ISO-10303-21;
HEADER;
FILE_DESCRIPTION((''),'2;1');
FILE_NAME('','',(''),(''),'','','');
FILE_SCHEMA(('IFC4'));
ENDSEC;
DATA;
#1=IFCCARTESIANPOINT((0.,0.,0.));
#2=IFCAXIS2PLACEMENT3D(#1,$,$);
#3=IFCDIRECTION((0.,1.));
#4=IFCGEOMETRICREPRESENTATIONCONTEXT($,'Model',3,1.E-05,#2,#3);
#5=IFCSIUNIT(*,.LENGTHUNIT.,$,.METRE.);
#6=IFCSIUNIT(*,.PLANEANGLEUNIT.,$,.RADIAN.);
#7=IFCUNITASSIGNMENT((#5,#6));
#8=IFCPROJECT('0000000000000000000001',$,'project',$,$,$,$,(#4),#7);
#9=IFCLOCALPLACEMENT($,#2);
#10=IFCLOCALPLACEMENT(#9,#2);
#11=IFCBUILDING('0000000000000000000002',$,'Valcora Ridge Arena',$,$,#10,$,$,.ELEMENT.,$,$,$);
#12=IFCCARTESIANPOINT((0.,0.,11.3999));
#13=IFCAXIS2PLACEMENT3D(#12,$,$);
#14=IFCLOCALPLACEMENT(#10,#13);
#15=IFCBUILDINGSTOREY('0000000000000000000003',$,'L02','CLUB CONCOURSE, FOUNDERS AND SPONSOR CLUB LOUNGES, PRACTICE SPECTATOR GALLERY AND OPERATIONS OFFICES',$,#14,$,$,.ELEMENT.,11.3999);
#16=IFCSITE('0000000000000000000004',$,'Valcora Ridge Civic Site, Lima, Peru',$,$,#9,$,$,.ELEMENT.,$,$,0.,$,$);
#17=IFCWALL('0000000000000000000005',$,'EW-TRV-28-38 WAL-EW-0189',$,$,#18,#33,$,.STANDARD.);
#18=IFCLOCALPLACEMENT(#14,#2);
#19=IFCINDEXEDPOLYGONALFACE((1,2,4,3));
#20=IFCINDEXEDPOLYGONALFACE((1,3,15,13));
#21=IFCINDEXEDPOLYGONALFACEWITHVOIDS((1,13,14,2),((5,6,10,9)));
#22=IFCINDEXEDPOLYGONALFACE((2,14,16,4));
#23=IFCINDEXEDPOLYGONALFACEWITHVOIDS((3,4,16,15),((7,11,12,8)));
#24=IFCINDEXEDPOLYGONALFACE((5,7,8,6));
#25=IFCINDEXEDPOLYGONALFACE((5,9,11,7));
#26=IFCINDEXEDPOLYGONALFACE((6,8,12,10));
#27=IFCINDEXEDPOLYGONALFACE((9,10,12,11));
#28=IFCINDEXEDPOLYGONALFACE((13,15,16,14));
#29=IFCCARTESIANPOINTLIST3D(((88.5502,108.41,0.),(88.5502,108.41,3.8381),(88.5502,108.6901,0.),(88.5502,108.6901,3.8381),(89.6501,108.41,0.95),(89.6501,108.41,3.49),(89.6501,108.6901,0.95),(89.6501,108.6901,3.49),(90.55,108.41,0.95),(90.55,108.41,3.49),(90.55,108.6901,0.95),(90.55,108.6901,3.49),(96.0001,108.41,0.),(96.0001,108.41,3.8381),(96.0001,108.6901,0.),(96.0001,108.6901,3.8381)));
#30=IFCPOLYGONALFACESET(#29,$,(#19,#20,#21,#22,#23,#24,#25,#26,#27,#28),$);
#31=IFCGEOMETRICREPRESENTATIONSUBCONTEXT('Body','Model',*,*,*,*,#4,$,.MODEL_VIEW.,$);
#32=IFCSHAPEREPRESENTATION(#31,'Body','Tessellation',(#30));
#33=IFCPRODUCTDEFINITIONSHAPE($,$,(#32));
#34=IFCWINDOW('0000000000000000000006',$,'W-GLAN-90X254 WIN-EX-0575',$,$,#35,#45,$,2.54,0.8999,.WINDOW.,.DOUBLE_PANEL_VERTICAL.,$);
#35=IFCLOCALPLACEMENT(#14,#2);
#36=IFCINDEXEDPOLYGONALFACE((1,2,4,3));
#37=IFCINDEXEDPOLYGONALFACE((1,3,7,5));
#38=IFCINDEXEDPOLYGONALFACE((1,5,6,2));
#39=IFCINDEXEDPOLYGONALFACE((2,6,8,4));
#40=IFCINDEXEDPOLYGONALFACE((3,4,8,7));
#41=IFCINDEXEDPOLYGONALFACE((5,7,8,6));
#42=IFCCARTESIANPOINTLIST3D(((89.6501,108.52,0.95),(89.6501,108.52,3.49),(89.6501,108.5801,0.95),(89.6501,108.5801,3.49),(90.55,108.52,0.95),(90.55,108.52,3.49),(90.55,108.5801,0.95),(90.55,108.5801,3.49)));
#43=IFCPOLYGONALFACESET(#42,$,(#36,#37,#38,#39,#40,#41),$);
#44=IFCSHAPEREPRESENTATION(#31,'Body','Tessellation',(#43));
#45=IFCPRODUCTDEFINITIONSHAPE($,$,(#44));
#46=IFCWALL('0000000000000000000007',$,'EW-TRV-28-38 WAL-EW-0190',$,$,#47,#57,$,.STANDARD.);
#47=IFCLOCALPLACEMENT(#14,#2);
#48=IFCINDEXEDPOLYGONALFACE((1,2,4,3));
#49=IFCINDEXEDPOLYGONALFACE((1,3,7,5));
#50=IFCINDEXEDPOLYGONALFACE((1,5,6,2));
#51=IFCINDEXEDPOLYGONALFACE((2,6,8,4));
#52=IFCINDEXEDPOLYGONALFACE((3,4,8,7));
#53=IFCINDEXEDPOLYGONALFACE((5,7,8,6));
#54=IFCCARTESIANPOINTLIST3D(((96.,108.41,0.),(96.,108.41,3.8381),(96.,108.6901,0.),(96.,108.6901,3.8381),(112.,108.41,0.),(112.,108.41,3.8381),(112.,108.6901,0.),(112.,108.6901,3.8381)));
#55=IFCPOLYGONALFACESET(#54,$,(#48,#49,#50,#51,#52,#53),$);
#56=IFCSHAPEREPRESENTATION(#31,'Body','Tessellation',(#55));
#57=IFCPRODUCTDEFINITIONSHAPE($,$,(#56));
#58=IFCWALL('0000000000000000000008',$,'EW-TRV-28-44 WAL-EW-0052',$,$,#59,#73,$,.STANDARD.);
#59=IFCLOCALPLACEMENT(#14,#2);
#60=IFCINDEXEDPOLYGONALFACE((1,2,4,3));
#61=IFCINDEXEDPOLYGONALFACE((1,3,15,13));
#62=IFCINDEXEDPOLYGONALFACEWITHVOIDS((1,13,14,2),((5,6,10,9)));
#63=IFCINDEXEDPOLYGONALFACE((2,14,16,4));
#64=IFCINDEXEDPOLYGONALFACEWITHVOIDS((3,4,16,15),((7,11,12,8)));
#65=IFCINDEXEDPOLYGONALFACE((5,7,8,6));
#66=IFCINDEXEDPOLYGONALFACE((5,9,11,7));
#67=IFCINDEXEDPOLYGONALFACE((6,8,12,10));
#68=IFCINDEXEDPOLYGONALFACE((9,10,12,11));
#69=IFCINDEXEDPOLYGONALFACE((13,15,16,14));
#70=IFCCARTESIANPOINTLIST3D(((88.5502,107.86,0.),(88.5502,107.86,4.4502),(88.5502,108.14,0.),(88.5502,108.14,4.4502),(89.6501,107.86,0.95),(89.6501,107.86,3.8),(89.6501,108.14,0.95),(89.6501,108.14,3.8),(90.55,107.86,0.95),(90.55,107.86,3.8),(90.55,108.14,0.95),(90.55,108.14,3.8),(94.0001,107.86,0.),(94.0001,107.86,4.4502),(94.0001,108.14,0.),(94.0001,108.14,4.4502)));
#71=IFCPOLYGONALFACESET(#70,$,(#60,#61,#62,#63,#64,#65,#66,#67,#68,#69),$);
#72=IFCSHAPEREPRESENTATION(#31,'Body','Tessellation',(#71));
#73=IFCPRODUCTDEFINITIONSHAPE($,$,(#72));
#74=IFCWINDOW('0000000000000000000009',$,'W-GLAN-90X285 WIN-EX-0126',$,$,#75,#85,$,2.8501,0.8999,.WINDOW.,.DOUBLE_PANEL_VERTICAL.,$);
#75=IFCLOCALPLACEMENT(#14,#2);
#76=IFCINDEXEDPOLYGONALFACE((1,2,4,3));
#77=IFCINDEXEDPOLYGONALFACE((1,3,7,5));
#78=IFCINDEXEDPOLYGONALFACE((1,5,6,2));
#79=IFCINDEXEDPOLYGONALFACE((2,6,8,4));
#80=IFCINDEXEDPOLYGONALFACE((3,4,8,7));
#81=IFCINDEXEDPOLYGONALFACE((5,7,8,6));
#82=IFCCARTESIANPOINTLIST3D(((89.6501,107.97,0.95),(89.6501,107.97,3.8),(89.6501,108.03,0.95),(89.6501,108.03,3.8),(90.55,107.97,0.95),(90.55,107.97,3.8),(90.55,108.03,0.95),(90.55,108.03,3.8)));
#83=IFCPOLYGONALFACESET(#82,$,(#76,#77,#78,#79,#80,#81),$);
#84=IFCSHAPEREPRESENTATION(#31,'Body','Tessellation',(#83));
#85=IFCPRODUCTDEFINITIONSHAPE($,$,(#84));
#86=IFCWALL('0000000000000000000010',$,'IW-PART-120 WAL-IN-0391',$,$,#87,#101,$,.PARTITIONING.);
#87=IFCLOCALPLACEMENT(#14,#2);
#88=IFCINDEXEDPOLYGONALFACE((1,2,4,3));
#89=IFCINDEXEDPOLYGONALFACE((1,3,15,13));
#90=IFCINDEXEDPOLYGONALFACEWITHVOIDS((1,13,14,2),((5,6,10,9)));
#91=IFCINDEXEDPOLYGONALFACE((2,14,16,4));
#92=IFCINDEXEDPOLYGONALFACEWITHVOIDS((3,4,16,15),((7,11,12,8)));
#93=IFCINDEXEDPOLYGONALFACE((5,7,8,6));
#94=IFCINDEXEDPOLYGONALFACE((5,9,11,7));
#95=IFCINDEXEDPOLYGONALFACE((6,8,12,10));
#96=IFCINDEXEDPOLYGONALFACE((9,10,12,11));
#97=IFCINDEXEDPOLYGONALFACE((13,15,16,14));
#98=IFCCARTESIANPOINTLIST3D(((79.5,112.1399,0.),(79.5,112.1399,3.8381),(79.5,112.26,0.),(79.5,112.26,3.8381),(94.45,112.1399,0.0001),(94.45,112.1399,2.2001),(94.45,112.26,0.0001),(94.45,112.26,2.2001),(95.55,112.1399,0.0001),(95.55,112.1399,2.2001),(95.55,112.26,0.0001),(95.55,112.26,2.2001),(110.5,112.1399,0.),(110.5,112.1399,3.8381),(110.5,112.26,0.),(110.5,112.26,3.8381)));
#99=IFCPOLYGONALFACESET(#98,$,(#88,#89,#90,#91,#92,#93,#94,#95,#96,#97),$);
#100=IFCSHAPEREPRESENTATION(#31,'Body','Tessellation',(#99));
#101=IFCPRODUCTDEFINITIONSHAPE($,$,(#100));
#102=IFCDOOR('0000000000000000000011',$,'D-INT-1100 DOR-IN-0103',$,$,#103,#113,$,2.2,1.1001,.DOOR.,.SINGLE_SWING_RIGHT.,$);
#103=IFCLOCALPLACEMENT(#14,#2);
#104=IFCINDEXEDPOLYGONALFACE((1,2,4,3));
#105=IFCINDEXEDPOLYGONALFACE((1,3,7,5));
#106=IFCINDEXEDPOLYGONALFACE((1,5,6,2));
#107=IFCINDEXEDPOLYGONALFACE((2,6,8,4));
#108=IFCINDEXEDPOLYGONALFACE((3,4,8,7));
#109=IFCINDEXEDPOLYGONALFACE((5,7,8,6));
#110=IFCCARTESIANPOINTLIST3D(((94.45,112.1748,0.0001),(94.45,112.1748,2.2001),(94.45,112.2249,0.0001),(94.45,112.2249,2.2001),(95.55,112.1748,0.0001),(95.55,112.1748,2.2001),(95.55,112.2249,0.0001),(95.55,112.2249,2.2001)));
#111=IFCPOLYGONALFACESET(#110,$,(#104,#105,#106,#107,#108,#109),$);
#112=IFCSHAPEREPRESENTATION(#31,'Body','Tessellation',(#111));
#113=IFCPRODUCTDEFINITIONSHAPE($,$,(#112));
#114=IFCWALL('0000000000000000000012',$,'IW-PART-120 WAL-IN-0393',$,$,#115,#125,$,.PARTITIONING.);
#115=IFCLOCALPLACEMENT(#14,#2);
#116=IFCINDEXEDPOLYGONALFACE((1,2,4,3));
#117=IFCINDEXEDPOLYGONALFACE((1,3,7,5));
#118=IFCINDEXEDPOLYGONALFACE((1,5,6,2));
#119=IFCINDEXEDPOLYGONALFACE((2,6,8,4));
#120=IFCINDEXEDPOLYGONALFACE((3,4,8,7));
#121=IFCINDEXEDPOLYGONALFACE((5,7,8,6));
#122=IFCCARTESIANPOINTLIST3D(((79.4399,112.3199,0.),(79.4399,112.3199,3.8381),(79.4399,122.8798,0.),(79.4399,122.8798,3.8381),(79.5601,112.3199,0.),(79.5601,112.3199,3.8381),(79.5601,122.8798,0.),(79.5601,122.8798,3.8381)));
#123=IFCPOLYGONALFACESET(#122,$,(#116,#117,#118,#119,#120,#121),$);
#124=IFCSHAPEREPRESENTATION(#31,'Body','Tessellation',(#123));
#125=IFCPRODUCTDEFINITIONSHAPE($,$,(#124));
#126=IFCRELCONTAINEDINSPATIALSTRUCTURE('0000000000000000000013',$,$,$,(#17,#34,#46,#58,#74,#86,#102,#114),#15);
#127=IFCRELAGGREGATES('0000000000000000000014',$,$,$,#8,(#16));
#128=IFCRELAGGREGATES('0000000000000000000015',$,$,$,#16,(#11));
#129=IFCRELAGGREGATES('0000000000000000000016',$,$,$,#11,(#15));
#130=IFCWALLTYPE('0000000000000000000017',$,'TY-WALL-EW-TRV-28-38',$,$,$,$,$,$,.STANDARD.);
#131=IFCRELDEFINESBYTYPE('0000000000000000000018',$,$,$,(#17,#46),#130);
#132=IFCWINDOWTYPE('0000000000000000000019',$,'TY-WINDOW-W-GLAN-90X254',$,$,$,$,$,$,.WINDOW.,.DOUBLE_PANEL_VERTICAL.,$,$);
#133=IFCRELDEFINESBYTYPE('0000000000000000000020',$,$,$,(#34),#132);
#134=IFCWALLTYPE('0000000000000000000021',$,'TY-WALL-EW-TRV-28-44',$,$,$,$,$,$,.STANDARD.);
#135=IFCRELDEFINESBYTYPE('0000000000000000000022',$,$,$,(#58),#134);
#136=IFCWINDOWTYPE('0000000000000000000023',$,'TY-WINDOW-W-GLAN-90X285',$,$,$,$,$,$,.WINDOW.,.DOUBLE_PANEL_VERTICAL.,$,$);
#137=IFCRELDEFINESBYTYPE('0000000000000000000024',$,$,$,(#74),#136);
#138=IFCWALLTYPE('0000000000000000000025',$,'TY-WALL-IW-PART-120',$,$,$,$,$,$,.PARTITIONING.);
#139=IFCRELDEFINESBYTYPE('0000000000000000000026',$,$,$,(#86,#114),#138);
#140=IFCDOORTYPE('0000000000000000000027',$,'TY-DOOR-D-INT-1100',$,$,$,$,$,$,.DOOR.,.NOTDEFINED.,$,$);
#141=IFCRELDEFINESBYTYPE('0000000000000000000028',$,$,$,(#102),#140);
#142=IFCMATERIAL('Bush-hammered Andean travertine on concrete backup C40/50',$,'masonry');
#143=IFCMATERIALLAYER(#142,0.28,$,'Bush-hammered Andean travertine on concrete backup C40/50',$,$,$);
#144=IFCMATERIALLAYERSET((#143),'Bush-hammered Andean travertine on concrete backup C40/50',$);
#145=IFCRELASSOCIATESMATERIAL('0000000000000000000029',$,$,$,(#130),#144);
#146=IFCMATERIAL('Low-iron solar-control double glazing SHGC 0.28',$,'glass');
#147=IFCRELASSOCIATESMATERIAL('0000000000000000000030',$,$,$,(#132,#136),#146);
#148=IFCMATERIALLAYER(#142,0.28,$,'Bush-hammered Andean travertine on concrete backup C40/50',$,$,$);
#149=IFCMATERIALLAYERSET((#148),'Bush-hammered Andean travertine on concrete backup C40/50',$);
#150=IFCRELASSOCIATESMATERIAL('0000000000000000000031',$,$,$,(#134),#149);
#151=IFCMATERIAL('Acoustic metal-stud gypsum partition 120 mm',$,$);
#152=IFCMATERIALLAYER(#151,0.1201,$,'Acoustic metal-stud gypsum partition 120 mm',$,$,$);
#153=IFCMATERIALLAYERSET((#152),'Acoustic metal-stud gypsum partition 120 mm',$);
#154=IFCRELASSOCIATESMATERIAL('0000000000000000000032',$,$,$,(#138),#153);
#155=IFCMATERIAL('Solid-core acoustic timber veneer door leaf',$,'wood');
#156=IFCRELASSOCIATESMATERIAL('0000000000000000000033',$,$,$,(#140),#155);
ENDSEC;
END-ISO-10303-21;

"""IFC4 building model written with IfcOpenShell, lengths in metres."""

from ifc_helpers import new_model, si_unit, direction, frame, frame_2d, origin, place, context, subcontext, project, spatial, rectangle, extrude, material, layer, layer_set, type_object, element, fill, save


model = new_model("IFC4")

# Units and contexts
model_context = context("Model", 3, precision=1e-05, world=origin(), true_north=direction((0.0, 1.0)))
body_context = subcontext(model_context, "Body", "Model", "MODEL_VIEW")
ifc_project = project(units=[si_unit("LENGTHUNIT", "METRE"), si_unit("PLANEANGLEUNIT", "RADIAN")], contexts=[model_context])

# Site, building, storey
site_placement = place(None, origin())
site = spatial("IfcSite", under=ifc_project, at=site_placement, Name="Valcora Ridge Civic Site, Lima, Peru", CompositionType="ELEMENT", RefElevation=0.0)
building_placement = place(site_placement, origin())
building = spatial("IfcBuilding", under=site, at=building_placement, Name="Valcora Ridge Arena", CompositionType="ELEMENT")
storey_placement = place(building_placement, frame((0.0, 0.0, 11.3999)))
storey = spatial("IfcBuildingStorey", under=building, at=storey_placement, Name="L02", Description="CLUB CONCOURSE, FOUNDERS AND SPONSOR CLUB LOUNGES, PRACTICE SPECTATOR GALLERY AND OPERATIONS OFFICES", CompositionType="ELEMENT", Elevation=11.3999)

# Shared definitions
ifc_material_1 = material(Name="Low-iron solar-control double glazing SHGC 0.28", Category="glass")

# Wall, opening, window
ifc_material_2 = material(Name="Bush-hammered Andean travertine on concrete backup C40/50", Category="masonry")
ifc_layer_1 = layer(ifc_material_2, 0.28, Name="Bush-hammered Andean travertine on concrete backup C40/50")
ifc_layer_set_1 = layer_set([ifc_layer_1], Name="Bush-hammered Andean travertine on concrete backup C40/50")
wall_type_1 = type_object("IfcWallType", Name="TY-WALL-EW-TRV-28-38", PredefinedType="STANDARD", material=ifc_layer_set_1)
wall_1_placement = place(storey_placement, frame((88.55, 108.55, 0.0), z_axis=(0.0, 0.0, 1.0), x_axis=(1.0, 0.0, 0.0)))
wall_1 = element("IfcWall", 1, at=wall_1_placement, inside=storey, type_object=wall_type_1, Name="EW-TRV-28-38 WAL-EW-0189", PredefinedType="STANDARD", context=body_context, shape_type="SweptSolid", body=[
    extrude(rectangle(XDim=7.45, YDim=0.28, at=frame_2d((3.7251, 0.0))), origin(), (0.0, 0.0, 1.0), 3.8381),
])
opening_1_placement = place(wall_1_placement, frame((1.1001, 0.0, 0.95)))
opening_1 = element("IfcOpeningElement", 2, at=opening_1_placement, cuts=wall_1, PredefinedType="OPENING", context=body_context, shape_type="SweptSolid", body=[
    extrude(rectangle(XDim=0.8999, YDim=2.54, at=frame_2d((0.45, 1.27))), frame((0.0, 0.1499, 0.0), z_axis=(0.0, -1.0, 0.0), x_axis=(1.0, 0.0, 0.0)), (0.0, 0.0, 1.0), 0.3),
])
window_type_1 = type_object("IfcWindowType", Name="TY-WINDOW-W-GLAN-90X254", PartitioningType="DOUBLE_PANEL_VERTICAL", PredefinedType="WINDOW", material=ifc_material_1)
window_1_placement = place(opening_1_placement, origin())
window_1 = element("IfcWindow", 3, at=window_1_placement, inside=storey, type_object=window_type_1, Name="W-GLAN-90X254 WIN-EX-0575", OverallHeight=2.54, OverallWidth=0.8999, PartitioningType="DOUBLE_PANEL_VERTICAL", PredefinedType="WINDOW", context=body_context, shape_type="SweptSolid", body=[
    extrude(rectangle(XDim=0.8999, YDim=2.54, at=frame_2d((0.45, 1.27))), frame((0.0, 0.03, 0.0), z_axis=(0.0, -1.0, 0.0), x_axis=(1.0, 0.0, 0.0)), (0.0, 0.0, 1.0), 0.0601),
])
fill(opening_1, window_1)

# Wall
wall_2_placement = place(storey_placement, frame((96.0, 108.55, 0.0), z_axis=(0.0, 0.0, 1.0), x_axis=(1.0, 0.0, 0.0)))
element("IfcWall", 4, at=wall_2_placement, inside=storey, type_object=wall_type_1, Name="EW-TRV-28-38 WAL-EW-0190", PredefinedType="STANDARD", context=body_context, shape_type="SweptSolid", body=[
    extrude(rectangle(XDim=16.0, YDim=0.28, at=frame_2d((8.0, 0.0))), origin(), (0.0, 0.0, 1.0), 3.8381),
])

# Wall, opening, window
ifc_layer_2 = layer(ifc_material_2, 0.28, Name="Bush-hammered Andean travertine on concrete backup C40/50")
ifc_layer_set_2 = layer_set([ifc_layer_2], Name="Bush-hammered Andean travertine on concrete backup C40/50")
wall_type_2 = type_object("IfcWallType", Name="TY-WALL-EW-TRV-28-44", PredefinedType="STANDARD", material=ifc_layer_set_2)
wall_3_placement = place(storey_placement, frame((88.55, 108.0, 0.0), z_axis=(0.0, 0.0, 1.0), x_axis=(1.0, 0.0, 0.0)))
wall_3 = element("IfcWall", 5, at=wall_3_placement, inside=storey, type_object=wall_type_2, Name="EW-TRV-28-44 WAL-EW-0052", PredefinedType="STANDARD", context=body_context, shape_type="SweptSolid", body=[
    extrude(rectangle(XDim=5.45, YDim=0.28, at=frame_2d((2.7251, 0.0))), origin(), (0.0, 0.0, 1.0), 4.4502),
])
opening_2_placement = place(wall_3_placement, frame((1.1001, 0.0, 0.95)))
opening_2 = element("IfcOpeningElement", 6, at=opening_2_placement, cuts=wall_3, PredefinedType="OPENING", context=body_context, shape_type="SweptSolid", body=[
    extrude(rectangle(XDim=0.8999, YDim=2.8501, at=frame_2d((0.45, 1.425))), frame((0.0, 0.1499, 0.0), z_axis=(0.0, -1.0, 0.0), x_axis=(1.0, 0.0, 0.0)), (0.0, 0.0, 1.0), 0.3),
])
window_type_2 = type_object("IfcWindowType", Name="TY-WINDOW-W-GLAN-90X285", PartitioningType="DOUBLE_PANEL_VERTICAL", PredefinedType="WINDOW", material=ifc_material_1)
window_2_placement = place(opening_2_placement, origin())
window_2 = element("IfcWindow", 7, at=window_2_placement, inside=storey, type_object=window_type_2, Name="W-GLAN-90X285 WIN-EX-0126", OverallHeight=2.8501, OverallWidth=0.8999, PartitioningType="DOUBLE_PANEL_VERTICAL", PredefinedType="WINDOW", context=body_context, shape_type="SweptSolid", body=[
    extrude(rectangle(XDim=0.8999, YDim=2.8501, at=frame_2d((0.45, 1.425))), frame((0.0, 0.03, 0.0), z_axis=(0.0, -1.0, 0.0), x_axis=(1.0, 0.0, 0.0)), (0.0, 0.0, 1.0), 0.0601),
])
fill(opening_2, window_2)

# Wall, opening, door
ifc_material_3 = material(Name="Acoustic metal-stud gypsum partition 120 mm")
ifc_layer_3 = layer(ifc_material_3, 0.1201, Name="Acoustic metal-stud gypsum partition 120 mm")
ifc_layer_set_3 = layer_set([ifc_layer_3], Name="Acoustic metal-stud gypsum partition 120 mm")
wall_type_3 = type_object("IfcWallType", Name="TY-WALL-IW-PART-120", PredefinedType="PARTITIONING", material=ifc_layer_set_3)
wall_4_placement = place(storey_placement, frame((79.5, 112.2, 0.0), z_axis=(0.0, 0.0, 1.0), x_axis=(1.0, 0.0, 0.0)))
wall_4 = element("IfcWall", 8, at=wall_4_placement, inside=storey, type_object=wall_type_3, Name="IW-PART-120 WAL-IN-0391", PredefinedType="PARTITIONING", context=body_context, shape_type="SweptSolid", body=[
    extrude(rectangle(XDim=31.0, YDim=0.1201, at=frame_2d((15.5, 0.0))), origin(), (0.0, 0.0, 1.0), 3.8381),
])
opening_3_placement = place(wall_4_placement, frame((14.95, 0.0, 0.0)))
opening_3 = element("IfcOpeningElement", 9, at=opening_3_placement, cuts=wall_4, PredefinedType="OPENING", context=body_context, shape_type="SweptSolid", body=[
    extrude(rectangle(XDim=1.1001, YDim=2.2, at=frame_2d((0.55, 1.1001))), frame((0.0, 0.0701, 0.0), z_axis=(0.0, -1.0, 0.0), x_axis=(1.0, 0.0, 0.0)), (0.0, 0.0, 1.0), 0.1401),
])
ifc_material_4 = material(Name="Solid-core acoustic timber veneer door leaf", Category="wood")
door_type = type_object("IfcDoorType", Name="TY-DOOR-D-INT-1100", OperationType="NOTDEFINED", PredefinedType="DOOR", material=ifc_material_4)
door_placement = place(opening_3_placement, origin())
door = element("IfcDoor", 10, at=door_placement, inside=storey, type_object=door_type, Name="D-INT-1100 DOR-IN-0103", OperationType="SINGLE_SWING_RIGHT", OverallHeight=2.2, OverallWidth=1.1001, PredefinedType="DOOR", context=body_context, shape_type="SweptSolid", body=[
    extrude(rectangle(XDim=1.1001, YDim=2.2, at=frame_2d((0.55, 1.1001))), frame((0.0, 0.0249, 0.0), z_axis=(0.0, -1.0, 0.0), x_axis=(1.0, 0.0, 0.0)), (0.0, 0.0, 1.0), 0.05),
])
fill(opening_3, door)

# Wall
wall_5_placement = place(storey_placement, frame((79.5, 112.3201, 0.0), z_axis=(0.0, 0.0, 1.0), x_axis=(0.0, 1.0, 0.0)))
element("IfcWall", 11, at=wall_5_placement, inside=storey, type_object=wall_type_3, Name="IW-PART-120 WAL-IN-0393", PredefinedType="PARTITIONING", context=body_context, shape_type="SweptSolid", body=[
    extrude(rectangle(XDim=10.5598, YDim=0.1201, at=frame_2d((5.2798, 0.0))), origin(), (0.0, 0.0, 1.0), 3.8381),
])

save(model, "model.ifc")
